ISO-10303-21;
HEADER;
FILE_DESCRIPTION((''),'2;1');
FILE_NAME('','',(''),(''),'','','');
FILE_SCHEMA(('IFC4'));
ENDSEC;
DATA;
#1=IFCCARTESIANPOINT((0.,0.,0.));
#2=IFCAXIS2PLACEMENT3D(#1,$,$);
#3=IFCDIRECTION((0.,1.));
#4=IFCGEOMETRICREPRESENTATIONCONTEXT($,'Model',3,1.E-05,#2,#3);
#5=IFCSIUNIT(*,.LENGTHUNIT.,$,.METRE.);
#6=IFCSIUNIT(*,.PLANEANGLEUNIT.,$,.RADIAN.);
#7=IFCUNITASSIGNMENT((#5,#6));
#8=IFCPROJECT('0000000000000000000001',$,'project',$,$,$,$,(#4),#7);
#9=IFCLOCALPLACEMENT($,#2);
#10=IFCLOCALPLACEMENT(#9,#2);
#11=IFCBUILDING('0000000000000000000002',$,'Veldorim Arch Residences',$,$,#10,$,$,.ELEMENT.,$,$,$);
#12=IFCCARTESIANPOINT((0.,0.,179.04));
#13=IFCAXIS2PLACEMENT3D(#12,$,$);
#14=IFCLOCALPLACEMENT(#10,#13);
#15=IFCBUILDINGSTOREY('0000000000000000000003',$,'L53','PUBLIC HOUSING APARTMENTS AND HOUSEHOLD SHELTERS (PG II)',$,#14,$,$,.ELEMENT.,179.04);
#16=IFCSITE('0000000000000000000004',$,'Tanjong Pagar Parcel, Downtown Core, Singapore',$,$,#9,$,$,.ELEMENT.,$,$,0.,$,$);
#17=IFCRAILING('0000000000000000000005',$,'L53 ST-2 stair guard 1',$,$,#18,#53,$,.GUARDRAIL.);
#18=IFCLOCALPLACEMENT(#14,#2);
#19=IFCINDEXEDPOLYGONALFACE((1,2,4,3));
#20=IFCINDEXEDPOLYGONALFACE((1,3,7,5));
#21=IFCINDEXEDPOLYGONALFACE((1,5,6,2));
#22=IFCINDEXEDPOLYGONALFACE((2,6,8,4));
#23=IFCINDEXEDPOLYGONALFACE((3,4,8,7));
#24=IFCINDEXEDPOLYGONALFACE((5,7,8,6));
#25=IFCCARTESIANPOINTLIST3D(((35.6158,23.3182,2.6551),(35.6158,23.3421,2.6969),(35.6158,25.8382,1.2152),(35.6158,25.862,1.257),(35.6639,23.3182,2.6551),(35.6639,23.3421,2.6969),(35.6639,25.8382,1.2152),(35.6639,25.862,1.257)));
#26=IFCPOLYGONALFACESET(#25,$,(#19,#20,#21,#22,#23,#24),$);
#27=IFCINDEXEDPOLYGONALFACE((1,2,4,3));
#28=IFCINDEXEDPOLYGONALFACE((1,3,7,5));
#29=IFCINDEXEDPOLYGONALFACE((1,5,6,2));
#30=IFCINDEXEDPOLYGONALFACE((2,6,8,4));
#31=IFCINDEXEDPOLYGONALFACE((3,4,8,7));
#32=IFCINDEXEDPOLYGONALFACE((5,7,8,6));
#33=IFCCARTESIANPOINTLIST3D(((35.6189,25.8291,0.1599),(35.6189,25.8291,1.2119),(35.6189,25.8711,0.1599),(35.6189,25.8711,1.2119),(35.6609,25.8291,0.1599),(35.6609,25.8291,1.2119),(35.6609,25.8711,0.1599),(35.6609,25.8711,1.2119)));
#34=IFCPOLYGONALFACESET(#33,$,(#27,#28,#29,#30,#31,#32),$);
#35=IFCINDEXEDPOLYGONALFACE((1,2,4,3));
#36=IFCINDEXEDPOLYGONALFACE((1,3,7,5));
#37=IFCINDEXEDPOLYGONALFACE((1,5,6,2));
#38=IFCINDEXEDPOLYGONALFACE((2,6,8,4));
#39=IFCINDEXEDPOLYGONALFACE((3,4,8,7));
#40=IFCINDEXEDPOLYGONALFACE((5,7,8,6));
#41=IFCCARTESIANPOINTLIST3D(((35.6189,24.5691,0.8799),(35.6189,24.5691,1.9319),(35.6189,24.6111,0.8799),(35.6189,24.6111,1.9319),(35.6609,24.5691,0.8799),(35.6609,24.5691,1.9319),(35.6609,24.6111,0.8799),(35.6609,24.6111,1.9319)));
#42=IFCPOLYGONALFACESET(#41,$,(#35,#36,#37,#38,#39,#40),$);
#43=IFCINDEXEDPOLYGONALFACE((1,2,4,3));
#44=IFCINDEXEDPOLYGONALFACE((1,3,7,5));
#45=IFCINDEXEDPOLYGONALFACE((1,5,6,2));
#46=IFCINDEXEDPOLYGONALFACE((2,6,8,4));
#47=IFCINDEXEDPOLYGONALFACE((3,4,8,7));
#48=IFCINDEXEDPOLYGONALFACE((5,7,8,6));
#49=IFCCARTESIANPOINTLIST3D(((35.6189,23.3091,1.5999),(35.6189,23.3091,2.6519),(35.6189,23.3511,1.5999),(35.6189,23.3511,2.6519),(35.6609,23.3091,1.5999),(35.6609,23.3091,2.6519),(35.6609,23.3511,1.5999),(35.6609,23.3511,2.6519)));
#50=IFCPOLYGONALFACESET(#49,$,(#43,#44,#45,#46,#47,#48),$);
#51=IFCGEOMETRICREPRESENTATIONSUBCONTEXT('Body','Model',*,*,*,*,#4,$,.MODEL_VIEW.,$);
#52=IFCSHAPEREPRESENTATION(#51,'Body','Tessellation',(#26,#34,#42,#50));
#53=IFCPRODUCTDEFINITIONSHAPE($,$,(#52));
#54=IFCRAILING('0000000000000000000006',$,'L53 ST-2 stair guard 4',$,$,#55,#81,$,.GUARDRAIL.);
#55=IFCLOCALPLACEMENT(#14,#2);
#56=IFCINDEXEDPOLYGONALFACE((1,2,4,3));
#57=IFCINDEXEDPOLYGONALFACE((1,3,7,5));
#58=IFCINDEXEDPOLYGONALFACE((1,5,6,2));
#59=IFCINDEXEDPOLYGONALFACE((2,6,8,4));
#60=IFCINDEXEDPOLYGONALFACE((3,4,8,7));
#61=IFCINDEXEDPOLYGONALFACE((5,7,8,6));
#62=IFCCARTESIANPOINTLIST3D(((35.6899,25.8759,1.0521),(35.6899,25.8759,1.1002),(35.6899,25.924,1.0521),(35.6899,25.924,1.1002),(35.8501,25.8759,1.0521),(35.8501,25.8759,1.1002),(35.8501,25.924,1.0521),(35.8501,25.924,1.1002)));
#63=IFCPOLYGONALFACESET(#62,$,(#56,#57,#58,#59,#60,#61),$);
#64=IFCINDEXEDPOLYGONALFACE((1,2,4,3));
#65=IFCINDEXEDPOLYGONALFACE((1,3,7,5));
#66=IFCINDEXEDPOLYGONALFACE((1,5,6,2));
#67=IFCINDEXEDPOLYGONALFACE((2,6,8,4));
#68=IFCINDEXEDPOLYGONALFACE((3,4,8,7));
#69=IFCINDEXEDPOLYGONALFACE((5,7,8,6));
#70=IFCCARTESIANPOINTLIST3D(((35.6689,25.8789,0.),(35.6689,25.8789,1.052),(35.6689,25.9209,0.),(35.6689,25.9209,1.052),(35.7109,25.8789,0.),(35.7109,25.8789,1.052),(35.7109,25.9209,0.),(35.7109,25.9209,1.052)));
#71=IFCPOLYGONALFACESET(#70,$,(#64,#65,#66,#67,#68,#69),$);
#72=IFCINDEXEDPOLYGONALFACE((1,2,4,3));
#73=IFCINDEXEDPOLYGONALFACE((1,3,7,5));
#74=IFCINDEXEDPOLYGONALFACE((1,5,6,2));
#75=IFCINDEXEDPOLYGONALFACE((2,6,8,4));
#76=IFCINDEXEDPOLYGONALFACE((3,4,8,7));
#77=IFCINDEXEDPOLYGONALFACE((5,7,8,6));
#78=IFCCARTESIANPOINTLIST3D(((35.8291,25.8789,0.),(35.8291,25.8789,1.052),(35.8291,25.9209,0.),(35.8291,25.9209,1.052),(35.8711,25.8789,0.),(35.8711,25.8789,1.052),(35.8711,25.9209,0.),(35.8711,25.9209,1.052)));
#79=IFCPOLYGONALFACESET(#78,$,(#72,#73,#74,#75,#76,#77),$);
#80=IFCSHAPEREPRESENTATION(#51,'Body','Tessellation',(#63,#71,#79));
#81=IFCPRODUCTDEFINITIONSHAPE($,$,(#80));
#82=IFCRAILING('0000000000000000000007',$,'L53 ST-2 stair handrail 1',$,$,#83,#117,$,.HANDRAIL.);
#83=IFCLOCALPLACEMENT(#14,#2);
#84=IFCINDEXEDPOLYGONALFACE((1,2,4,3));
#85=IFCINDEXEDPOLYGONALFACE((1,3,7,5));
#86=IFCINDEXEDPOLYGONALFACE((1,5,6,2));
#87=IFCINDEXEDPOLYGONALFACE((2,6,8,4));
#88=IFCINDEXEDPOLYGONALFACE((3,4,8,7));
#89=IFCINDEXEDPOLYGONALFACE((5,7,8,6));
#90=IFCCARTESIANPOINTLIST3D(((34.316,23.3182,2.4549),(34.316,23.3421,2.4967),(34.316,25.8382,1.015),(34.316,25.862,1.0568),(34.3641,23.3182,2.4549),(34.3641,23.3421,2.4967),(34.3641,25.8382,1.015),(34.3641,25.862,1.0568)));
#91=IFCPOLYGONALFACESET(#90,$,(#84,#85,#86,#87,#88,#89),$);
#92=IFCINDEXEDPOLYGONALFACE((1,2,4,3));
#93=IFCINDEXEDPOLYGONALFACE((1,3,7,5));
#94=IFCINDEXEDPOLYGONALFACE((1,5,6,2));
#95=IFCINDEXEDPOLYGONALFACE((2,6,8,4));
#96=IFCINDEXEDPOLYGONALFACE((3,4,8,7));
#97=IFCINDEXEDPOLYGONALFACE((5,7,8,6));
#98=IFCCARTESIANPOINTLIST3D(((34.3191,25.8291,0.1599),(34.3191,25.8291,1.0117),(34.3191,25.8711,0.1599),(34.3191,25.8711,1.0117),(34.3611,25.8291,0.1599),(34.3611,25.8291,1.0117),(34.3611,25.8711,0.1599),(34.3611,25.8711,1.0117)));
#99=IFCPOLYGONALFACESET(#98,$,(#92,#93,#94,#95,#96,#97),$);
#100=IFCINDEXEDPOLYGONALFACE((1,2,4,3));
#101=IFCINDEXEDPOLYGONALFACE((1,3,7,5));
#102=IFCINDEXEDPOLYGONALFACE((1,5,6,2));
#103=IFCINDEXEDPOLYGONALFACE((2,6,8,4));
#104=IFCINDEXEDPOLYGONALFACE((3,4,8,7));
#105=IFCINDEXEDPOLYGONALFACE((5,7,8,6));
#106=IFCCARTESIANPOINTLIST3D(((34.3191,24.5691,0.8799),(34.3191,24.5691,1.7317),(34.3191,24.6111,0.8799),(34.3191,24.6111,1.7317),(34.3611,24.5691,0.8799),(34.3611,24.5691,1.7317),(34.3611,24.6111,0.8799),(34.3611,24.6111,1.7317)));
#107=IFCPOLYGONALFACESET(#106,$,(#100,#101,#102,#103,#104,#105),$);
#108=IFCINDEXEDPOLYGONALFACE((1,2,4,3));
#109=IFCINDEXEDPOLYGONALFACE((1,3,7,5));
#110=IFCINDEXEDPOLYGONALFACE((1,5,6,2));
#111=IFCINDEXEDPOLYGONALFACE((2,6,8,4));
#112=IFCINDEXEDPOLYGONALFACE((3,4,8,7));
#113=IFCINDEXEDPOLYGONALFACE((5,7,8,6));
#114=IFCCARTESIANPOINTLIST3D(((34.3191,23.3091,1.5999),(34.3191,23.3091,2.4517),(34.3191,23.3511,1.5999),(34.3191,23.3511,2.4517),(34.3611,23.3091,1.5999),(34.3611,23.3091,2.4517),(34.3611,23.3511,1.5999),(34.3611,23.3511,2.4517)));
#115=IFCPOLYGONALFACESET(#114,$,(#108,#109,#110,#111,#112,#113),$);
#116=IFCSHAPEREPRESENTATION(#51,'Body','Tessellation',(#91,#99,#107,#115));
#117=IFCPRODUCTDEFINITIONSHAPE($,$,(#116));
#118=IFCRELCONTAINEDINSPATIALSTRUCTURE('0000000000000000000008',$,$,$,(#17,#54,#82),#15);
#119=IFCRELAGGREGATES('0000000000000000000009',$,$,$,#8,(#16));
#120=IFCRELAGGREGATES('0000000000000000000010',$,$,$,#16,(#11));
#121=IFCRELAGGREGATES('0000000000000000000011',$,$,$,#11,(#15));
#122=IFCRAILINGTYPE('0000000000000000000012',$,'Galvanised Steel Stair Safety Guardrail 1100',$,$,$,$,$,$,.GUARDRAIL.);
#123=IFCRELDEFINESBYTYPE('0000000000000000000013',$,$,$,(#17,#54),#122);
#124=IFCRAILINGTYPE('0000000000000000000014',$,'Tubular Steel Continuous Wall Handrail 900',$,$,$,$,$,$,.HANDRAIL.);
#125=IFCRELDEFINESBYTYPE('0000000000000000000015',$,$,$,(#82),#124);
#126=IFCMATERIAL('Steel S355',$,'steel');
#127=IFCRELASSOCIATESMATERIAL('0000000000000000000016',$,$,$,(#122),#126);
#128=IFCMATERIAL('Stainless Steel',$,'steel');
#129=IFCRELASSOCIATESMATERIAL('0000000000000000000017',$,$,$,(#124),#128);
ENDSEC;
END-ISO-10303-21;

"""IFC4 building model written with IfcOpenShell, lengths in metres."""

from ifc_helpers import new_model, si_unit, direction, frame, origin, origin_2d, place, context, subcontext, project, spatial, rectangle, extrude, material, type_object, element, save


model = new_model("IFC4")

# Units and contexts
model_context = context("Model", 3, precision=1e-05, world=origin(), true_north=direction((0.0, 1.0)))
body_context = subcontext(model_context, "Body", "Model", "MODEL_VIEW")
ifc_project = project(units=[si_unit("LENGTHUNIT", "METRE"), si_unit("PLANEANGLEUNIT", "RADIAN")], contexts=[model_context])

# Site, building, storey
site_placement = place(None, origin())
site = spatial("IfcSite", under=ifc_project, at=site_placement, Name="Tanjong Pagar Parcel, Downtown Core, Singapore", CompositionType="ELEMENT", RefElevation=0.0)
building_placement = place(site_placement, origin())
building = spatial("IfcBuilding", under=site, at=building_placement, Name="Veldorim Arch Residences", CompositionType="ELEMENT")
storey_placement = place(building_placement, frame((0.0, 0.0, 179.04)))
storey = spatial("IfcBuildingStorey", under=building, at=storey_placement, Name="L53", Description="PUBLIC HOUSING APARTMENTS AND HOUSEHOLD SHELTERS (PG II)", CompositionType="ELEMENT", Elevation=179.04)

# Railings
ifc_material_1 = material(Name="Steel S355", Category="steel")
railing_type_1 = type_object("IfcRailingType", Name="Galvanised Steel Stair Safety Guardrail 1100", PredefinedType="GUARDRAIL", material=ifc_material_1)
railing_1_placement = place(storey_placement, frame((35.6399, 25.8501, 0.1599)))
element("IfcRailing", 1, at=railing_1_placement, inside=storey, type_object=railing_type_1, Name="L53 ST-2 stair guard 1", PredefinedType="GUARDRAIL", context=body_context, shape_type="SweptSolid", body=[
    extrude(rectangle(XDim=0.0481, YDim=0.0481, at=origin_2d()), frame((0.0, 0.0, 1.0762), z_axis=(0.0, -0.868253, 0.496121), x_axis=(1.0, 0.0, 0.0)), (0.0, 0.0, 1.0), 2.9023),
    extrude(rectangle(XDim=0.042, YDim=0.042, at=origin_2d()), origin(), (0.0, 0.0, 1.0), 1.052),
    extrude(rectangle(XDim=0.042, YDim=0.042, at=origin_2d()), frame((0.0, -1.26, 0.72)), (0.0, 0.0, 1.0), 1.052),
    extrude(rectangle(XDim=0.042, YDim=0.042, at=origin_2d()), frame((0.0, -2.52, 1.4399)), (0.0, 0.0, 1.0), 1.052),
])
railing_2_placement = place(storey_placement, frame((35.6899, 25.8999, 0.0)))
element("IfcRailing", 2, at=railing_2_placement, inside=storey, type_object=railing_type_1, Name="L53 ST-2 stair guard 4", PredefinedType="GUARDRAIL", context=body_context, shape_type="SweptSolid", body=[
    extrude(rectangle(XDim=0.0481, YDim=0.0481, at=origin_2d()), frame((0.0, 0.0, 1.0762), z_axis=(1.0, 0.0, 0.0), x_axis=(0.0, 1.0, 0.0)), (0.0, 0.0, 1.0), 0.1602),
    extrude(rectangle(XDim=0.042, YDim=0.042, at=origin_2d()), origin(), (0.0, 0.0, 1.0), 1.052),
    extrude(rectangle(XDim=0.042, YDim=0.042, at=origin_2d()), frame((0.1602, 0.0, 0.0)), (0.0, 0.0, 1.0), 1.052),
])
ifc_material_2 = material(Name="Stainless Steel", Category="steel")
railing_type_2 = type_object("IfcRailingType", Name="Tubular Steel Continuous Wall Handrail 900", PredefinedType="HANDRAIL", material=ifc_material_2)
railing_3_placement = place(storey_placement, frame((34.3401, 25.8501, 0.1599)))
element("IfcRailing", 3, at=railing_3_placement, inside=storey, type_object=railing_type_2, Name="L53 ST-2 stair handrail 1", PredefinedType="HANDRAIL", context=body_context, shape_type="SweptSolid", body=[
    extrude(rectangle(XDim=0.0481, YDim=0.0481, at=origin_2d()), frame((0.0, 0.0, 0.876), z_axis=(0.0, -0.868253, 0.496121), x_axis=(1.0, 0.0, 0.0)), (0.0, 0.0, 1.0), 2.9023),
    extrude(rectangle(XDim=0.042, YDim=0.042, at=origin_2d()), origin(), (0.0, 0.0, 1.0), 0.8518),
    extrude(rectangle(XDim=0.042, YDim=0.042, at=origin_2d()), frame((0.0, -1.26, 0.72)), (0.0, 0.0, 1.0), 0.8518),
    extrude(rectangle(XDim=0.042, YDim=0.042, at=origin_2d()), frame((0.0, -2.52, 1.4399)), (0.0, 0.0, 1.0), 0.8518),
])

save(model, "model.ifc")
